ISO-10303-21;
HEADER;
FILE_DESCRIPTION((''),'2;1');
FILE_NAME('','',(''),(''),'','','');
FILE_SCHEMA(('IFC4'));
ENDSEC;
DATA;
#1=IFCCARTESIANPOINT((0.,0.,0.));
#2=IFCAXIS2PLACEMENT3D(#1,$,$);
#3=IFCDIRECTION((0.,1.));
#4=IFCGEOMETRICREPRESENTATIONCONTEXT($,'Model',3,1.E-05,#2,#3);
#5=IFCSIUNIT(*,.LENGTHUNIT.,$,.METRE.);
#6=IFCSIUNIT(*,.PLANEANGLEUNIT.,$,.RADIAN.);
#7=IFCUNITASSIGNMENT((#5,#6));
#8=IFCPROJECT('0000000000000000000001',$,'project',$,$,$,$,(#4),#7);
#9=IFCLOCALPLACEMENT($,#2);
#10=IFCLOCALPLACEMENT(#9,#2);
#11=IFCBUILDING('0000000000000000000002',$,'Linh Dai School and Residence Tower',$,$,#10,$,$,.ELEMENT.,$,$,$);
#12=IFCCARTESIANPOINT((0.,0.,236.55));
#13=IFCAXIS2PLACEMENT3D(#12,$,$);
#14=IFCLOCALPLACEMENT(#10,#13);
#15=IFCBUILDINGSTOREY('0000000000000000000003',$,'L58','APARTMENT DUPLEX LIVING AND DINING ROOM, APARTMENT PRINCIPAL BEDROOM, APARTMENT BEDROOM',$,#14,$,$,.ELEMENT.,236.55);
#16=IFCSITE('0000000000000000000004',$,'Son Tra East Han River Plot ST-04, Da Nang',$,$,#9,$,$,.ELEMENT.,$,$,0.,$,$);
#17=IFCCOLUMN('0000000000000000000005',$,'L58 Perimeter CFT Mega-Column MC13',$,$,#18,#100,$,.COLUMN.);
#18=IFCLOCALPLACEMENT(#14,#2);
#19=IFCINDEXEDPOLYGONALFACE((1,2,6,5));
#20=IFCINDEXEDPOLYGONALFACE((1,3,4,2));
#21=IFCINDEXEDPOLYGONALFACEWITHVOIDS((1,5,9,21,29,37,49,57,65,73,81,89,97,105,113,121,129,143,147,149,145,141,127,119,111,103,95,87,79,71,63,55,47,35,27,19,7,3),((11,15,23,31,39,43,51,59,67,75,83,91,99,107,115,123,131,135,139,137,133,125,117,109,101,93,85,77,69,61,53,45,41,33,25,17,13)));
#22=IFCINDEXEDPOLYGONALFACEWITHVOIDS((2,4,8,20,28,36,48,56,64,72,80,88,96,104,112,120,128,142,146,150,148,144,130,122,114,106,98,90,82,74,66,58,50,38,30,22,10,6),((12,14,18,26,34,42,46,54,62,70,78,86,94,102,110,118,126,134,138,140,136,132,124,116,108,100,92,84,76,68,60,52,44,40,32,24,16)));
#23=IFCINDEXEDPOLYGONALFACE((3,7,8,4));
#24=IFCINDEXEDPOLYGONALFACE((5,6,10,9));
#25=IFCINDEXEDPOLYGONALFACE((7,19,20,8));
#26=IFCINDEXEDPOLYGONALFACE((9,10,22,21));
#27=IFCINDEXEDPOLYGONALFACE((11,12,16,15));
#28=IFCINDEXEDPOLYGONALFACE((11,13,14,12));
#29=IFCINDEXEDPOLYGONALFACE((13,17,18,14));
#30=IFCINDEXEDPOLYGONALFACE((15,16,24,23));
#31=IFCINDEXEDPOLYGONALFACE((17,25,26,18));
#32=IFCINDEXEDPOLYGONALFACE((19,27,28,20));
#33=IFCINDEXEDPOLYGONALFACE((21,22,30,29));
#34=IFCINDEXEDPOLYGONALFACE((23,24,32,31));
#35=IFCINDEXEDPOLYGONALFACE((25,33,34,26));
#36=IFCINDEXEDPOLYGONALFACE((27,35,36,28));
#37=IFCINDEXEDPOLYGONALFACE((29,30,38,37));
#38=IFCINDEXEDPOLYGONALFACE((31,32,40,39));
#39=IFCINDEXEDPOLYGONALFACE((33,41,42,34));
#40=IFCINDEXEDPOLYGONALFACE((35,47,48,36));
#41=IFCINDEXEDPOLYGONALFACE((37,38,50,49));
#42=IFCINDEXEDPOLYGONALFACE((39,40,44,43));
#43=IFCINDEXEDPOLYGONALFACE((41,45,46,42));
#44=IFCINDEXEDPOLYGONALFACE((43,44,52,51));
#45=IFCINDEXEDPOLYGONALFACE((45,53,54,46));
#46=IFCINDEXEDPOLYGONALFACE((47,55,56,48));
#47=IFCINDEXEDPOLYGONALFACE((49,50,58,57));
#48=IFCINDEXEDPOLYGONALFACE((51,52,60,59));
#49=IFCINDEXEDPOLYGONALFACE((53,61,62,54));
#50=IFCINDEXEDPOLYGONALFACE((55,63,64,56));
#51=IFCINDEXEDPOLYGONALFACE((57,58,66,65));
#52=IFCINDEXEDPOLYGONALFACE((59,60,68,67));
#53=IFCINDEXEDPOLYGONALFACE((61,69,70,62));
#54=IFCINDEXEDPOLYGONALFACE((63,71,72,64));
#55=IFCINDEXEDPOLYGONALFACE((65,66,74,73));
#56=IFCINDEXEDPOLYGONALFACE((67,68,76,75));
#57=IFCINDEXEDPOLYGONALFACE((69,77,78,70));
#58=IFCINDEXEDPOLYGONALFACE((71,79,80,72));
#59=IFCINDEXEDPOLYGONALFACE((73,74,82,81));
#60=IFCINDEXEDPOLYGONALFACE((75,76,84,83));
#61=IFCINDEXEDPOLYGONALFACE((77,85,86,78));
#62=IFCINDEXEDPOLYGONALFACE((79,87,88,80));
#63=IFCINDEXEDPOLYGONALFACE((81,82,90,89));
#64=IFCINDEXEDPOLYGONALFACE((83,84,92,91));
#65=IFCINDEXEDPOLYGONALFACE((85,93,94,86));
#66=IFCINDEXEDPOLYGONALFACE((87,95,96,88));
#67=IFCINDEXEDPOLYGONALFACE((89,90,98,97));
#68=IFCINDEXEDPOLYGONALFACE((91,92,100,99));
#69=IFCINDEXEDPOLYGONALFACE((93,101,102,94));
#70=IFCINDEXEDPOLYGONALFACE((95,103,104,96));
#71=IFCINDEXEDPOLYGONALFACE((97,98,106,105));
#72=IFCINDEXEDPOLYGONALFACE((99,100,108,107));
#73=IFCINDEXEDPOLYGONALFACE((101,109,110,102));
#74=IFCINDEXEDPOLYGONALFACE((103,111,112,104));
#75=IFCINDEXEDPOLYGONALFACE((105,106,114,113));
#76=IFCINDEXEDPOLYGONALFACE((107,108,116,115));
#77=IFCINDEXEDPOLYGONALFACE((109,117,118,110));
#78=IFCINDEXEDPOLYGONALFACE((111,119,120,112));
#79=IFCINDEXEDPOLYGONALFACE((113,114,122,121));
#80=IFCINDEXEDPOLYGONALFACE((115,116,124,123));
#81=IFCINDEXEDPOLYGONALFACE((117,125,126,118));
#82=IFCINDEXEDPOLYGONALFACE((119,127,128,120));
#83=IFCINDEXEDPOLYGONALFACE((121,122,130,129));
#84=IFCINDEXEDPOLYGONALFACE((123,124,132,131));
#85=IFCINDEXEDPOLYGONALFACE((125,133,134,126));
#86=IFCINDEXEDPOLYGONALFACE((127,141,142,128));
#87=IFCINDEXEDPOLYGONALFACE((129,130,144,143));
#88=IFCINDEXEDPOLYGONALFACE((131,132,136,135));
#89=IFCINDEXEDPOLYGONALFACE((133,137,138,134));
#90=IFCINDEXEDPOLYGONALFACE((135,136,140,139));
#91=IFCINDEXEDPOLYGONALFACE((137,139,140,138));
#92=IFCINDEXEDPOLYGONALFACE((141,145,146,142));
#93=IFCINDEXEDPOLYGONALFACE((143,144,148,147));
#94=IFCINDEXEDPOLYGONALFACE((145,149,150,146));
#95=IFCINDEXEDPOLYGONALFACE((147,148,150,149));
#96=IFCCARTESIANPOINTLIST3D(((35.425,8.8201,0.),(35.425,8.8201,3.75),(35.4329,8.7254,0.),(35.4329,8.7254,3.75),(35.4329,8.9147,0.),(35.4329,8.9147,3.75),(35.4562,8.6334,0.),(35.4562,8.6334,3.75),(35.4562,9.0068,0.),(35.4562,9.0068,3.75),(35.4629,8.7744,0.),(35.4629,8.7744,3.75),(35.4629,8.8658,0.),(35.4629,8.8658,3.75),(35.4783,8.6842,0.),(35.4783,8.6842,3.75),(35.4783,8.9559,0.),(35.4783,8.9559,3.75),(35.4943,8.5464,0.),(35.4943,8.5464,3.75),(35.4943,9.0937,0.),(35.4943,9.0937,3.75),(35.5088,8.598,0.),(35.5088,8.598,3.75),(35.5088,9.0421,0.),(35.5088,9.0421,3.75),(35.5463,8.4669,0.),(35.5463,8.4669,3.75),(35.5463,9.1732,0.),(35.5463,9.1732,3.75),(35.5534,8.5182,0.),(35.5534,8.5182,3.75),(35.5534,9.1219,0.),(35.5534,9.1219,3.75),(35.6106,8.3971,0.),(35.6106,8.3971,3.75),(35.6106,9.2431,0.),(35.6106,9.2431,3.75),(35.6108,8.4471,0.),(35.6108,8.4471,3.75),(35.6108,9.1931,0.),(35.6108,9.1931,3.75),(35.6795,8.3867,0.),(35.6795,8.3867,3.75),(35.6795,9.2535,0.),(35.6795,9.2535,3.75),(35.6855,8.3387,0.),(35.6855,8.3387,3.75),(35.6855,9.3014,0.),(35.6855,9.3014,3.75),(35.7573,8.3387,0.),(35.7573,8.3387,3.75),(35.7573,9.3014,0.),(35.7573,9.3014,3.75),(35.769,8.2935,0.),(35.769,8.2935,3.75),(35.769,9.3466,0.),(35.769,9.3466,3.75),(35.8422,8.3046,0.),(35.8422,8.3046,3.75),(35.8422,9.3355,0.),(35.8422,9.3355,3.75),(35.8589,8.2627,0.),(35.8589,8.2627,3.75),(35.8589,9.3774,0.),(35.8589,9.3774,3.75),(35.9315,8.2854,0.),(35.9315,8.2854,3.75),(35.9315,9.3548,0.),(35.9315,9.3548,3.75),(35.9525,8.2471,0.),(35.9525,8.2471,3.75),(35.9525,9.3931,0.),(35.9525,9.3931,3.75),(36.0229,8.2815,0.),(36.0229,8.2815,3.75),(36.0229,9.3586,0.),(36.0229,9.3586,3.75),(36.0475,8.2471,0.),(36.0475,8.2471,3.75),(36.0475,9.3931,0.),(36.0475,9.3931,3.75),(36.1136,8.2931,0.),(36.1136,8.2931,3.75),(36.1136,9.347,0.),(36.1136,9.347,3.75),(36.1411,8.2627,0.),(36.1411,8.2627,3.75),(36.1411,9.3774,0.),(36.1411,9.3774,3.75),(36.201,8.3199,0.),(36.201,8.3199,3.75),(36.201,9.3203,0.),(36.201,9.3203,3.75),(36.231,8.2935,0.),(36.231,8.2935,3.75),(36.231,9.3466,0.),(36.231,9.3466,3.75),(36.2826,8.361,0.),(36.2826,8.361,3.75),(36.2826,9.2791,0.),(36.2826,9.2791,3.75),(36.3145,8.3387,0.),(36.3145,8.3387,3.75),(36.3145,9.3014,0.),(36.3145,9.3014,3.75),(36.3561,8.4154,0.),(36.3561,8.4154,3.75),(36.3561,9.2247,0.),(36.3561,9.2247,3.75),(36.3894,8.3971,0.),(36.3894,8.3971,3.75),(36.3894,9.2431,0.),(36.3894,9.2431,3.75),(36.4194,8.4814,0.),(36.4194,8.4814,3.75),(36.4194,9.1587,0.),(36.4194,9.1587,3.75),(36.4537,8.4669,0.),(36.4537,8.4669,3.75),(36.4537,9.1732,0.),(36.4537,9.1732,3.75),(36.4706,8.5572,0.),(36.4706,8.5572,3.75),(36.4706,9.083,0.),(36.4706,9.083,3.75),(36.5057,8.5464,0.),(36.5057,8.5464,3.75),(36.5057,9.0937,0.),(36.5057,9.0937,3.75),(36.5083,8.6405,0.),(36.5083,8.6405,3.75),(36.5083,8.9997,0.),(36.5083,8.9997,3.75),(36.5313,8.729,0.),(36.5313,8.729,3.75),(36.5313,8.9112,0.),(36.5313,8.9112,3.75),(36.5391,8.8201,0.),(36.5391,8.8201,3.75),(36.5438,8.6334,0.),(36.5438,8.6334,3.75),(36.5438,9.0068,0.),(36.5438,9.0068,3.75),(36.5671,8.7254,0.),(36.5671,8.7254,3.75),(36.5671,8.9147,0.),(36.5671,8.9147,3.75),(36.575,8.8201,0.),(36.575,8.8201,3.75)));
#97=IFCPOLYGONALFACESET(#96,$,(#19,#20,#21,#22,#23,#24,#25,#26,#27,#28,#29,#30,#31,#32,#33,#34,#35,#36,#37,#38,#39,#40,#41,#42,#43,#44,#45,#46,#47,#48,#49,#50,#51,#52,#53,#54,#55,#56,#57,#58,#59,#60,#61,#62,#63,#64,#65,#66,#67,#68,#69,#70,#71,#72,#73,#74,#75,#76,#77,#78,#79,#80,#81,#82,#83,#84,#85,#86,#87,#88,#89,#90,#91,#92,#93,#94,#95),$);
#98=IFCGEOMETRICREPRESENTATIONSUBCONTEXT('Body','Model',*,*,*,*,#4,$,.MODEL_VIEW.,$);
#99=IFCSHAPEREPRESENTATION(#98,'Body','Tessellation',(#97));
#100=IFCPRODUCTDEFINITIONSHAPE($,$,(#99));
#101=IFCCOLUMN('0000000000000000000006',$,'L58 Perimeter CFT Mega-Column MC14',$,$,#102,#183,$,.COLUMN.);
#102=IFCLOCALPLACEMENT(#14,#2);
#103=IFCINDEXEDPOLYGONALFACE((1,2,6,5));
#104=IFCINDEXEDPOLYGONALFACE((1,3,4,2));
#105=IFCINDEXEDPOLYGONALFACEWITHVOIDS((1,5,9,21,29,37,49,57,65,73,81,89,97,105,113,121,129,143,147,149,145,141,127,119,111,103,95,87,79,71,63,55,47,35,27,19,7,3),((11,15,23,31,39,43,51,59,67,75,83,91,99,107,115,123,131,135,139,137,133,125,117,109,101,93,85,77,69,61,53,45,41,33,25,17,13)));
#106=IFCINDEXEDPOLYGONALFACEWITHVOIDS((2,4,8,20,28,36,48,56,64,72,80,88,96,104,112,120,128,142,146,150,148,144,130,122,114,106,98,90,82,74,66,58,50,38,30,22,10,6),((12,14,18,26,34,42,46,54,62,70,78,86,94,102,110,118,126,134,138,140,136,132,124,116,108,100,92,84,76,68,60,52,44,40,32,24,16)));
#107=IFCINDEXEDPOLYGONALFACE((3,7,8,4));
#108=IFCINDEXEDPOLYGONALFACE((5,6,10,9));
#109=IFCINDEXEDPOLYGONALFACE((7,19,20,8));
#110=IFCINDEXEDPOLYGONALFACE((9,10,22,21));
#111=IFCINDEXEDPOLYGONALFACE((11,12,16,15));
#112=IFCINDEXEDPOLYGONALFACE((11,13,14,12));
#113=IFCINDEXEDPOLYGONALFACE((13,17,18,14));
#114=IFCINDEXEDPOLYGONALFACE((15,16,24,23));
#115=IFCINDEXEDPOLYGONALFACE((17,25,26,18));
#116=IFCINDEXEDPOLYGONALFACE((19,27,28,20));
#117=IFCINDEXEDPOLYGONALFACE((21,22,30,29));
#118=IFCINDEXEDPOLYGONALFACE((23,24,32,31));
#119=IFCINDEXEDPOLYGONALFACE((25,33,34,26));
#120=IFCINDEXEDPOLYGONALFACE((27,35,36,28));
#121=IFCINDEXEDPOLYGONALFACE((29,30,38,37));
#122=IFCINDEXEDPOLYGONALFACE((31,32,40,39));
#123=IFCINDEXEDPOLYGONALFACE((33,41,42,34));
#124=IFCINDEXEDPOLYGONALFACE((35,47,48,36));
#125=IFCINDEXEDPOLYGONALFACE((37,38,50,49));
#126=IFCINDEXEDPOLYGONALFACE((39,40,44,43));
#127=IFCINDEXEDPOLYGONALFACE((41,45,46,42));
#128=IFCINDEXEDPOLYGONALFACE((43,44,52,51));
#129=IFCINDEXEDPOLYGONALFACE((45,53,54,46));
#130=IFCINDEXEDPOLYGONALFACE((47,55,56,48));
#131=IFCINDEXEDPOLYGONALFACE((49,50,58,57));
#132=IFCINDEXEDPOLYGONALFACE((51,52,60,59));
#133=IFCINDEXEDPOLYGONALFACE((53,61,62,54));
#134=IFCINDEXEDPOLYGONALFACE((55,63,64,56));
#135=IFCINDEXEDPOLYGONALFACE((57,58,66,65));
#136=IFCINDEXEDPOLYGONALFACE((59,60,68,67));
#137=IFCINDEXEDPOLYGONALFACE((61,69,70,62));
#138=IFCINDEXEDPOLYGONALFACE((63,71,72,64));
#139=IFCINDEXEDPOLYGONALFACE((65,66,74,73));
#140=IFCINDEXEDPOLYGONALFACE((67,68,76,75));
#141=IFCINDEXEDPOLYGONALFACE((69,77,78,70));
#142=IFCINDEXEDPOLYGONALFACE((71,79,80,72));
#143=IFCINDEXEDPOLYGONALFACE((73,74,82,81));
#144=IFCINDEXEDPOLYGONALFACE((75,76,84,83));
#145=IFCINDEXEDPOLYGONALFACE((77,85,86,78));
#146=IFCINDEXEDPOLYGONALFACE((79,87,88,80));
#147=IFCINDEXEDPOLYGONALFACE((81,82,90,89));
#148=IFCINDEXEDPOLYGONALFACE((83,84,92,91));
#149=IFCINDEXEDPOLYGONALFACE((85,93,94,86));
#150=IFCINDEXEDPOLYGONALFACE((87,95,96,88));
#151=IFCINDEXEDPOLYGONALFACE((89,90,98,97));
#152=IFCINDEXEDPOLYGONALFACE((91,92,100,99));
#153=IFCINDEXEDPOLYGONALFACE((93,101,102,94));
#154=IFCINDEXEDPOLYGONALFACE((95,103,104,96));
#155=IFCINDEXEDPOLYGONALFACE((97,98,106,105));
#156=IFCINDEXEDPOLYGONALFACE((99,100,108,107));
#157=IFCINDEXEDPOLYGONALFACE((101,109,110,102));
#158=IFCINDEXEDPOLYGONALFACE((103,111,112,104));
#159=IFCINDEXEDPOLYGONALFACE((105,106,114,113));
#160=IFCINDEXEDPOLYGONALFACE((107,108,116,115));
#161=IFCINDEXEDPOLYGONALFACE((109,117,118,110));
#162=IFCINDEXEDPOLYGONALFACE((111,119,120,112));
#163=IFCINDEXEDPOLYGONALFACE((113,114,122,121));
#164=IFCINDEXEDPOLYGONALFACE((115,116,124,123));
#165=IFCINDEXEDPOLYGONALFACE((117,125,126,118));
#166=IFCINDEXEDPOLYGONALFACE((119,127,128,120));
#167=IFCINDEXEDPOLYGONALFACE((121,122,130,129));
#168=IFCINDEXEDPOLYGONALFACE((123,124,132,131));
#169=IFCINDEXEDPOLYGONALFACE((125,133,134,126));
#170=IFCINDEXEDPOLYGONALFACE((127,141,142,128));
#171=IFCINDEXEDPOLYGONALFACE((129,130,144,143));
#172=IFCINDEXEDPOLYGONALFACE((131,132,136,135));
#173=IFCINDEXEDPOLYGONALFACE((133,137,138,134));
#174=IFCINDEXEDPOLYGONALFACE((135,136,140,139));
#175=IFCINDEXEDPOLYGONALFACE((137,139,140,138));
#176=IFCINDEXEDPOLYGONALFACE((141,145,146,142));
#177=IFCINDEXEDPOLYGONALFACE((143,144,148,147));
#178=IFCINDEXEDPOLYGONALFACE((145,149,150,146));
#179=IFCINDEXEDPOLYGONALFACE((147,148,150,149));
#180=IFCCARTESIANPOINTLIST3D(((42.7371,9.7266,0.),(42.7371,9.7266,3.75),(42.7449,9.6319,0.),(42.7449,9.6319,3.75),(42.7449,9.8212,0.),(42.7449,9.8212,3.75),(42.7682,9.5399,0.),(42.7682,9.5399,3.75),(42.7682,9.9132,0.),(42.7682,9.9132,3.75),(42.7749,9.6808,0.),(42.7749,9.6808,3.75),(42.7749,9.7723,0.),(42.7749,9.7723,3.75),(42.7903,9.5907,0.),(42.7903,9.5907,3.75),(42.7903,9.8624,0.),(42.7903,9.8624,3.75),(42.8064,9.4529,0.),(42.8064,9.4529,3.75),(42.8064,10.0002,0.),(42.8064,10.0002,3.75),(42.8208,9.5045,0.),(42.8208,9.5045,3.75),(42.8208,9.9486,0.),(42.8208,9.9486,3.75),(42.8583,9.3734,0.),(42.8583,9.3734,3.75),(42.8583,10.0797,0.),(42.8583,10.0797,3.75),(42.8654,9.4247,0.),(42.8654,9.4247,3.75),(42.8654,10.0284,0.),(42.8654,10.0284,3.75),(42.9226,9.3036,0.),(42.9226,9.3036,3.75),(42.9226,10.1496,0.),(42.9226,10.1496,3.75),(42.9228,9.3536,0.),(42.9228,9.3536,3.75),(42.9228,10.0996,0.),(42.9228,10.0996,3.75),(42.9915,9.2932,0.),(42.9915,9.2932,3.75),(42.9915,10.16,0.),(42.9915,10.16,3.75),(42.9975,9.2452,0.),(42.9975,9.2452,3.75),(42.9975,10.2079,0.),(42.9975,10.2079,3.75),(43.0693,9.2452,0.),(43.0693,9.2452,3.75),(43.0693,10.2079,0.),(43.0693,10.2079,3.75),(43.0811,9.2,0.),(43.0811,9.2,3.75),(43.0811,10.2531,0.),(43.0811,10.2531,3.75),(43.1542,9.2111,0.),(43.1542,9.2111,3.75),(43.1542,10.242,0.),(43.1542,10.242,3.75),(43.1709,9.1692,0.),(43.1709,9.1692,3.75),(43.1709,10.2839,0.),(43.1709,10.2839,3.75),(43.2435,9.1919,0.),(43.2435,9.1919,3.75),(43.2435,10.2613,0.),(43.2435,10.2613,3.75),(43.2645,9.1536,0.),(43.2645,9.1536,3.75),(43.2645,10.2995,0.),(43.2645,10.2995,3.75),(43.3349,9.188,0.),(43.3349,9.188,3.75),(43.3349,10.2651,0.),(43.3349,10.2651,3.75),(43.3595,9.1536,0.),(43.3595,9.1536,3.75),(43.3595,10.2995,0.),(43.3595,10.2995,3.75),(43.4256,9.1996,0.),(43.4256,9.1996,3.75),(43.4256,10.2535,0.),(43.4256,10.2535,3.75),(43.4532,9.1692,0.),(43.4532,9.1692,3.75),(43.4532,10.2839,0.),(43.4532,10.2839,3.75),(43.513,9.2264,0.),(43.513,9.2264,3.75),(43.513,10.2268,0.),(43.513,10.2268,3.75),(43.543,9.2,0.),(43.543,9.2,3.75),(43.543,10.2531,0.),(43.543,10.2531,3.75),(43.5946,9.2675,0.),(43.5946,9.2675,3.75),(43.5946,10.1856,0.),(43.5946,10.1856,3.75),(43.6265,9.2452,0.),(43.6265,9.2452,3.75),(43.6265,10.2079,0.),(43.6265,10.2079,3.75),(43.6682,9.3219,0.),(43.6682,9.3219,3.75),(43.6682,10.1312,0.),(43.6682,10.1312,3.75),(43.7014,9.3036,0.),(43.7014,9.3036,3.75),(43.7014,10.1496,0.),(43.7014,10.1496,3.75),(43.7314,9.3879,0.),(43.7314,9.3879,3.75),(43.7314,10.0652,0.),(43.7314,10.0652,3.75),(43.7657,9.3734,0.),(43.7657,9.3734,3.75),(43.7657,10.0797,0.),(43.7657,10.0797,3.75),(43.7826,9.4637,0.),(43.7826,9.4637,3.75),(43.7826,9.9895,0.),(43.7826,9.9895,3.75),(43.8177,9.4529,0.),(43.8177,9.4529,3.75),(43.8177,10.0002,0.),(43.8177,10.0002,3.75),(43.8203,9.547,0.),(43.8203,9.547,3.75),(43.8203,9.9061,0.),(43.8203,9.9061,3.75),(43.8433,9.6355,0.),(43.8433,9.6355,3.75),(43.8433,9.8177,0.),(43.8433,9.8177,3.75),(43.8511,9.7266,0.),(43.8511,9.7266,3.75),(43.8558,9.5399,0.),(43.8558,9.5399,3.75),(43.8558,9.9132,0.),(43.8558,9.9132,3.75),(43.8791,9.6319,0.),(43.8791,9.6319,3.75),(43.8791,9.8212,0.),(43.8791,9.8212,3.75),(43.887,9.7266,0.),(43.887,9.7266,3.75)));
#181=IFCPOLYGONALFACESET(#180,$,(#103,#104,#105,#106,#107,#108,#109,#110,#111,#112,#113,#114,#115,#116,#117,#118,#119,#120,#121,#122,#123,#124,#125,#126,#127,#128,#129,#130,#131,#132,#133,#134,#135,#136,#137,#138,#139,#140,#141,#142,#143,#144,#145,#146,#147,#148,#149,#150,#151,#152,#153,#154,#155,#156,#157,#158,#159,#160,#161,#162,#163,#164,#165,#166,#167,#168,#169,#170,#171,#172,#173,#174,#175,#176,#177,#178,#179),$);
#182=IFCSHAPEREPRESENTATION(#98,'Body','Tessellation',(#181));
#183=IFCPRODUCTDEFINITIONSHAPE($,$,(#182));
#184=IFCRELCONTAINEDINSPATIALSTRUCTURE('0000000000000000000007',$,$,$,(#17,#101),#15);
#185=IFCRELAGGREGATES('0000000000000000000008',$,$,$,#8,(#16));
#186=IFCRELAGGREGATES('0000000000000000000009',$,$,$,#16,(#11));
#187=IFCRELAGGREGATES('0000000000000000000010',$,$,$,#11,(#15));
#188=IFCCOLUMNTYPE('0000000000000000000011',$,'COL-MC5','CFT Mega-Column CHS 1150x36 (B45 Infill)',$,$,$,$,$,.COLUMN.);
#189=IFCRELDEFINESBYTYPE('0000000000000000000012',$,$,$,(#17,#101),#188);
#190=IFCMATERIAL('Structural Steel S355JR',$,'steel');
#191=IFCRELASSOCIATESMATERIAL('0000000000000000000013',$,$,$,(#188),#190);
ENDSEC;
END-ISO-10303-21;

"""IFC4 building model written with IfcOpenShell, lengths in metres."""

from ifc_helpers import new_model, si_unit, direction, frame, origin, origin_2d, place, context, subcontext, project, spatial, hollow_circle, extrude, material, material_profile, profile_set, type_object, element, save


model = new_model("IFC4")

# Units and contexts
model_context = context("Model", 3, precision=1e-05, world=origin(), true_north=direction((0.0, 1.0)))
body_context = subcontext(model_context, "Body", "Model", "MODEL_VIEW")
ifc_project = project(units=[si_unit("LENGTHUNIT", "METRE"), si_unit("PLANEANGLEUNIT", "RADIAN")], contexts=[model_context])

# Site, building, storey
site_placement = place(None, origin())
site = spatial("IfcSite", under=ifc_project, at=site_placement, Name="Son Tra East Han River Plot ST-04, Da Nang", CompositionType="ELEMENT", RefElevation=0.0)
building_placement = place(site_placement, origin())
building = spatial("IfcBuilding", under=site, at=building_placement, Name="Linh Dai School and Residence Tower", CompositionType="ELEMENT")
storey_placement = place(building_placement, frame((0.0, 0.0, 236.55)))
storey = spatial("IfcBuildingStorey", under=building, at=storey_placement, Name="L58", Description="APARTMENT DUPLEX LIVING AND DINING ROOM, APARTMENT PRINCIPAL BEDROOM, APARTMENT BEDROOM", CompositionType="ELEMENT", Elevation=236.55)

# Columns
ifc_material_1 = material(Name="Structural Steel S355JR", Category="steel")
ifc_material_profile_1 = material_profile(ifc_material_1, hollow_circle(Radius=0.575, WallThickness=0.0359, at=origin_2d()), Name="CHS 1150x36")
ifc_profile_set_1 = profile_set([ifc_material_profile_1], Name="Structural Steel S355JR")
column_type = type_object("IfcColumnType", Name="COL-MC5", Description="CFT Mega-Column CHS 1150x36 (B45 Infill)", PredefinedType="COLUMN", material=ifc_profile_set_1)
for number, where, z_axis, x_axis, name in (
    (1, (36.0, 8.8201, 0.0), (0.0, 0.0, 1.0), (1.0, 0.0, 0.0), "L58 Perimeter CFT Mega-Column MC13"),
    (2, (43.312, 9.7266, 0.0), (0.0, 0.0, 1.0), (1.0, 0.0, 0.0), "L58 Perimeter CFT Mega-Column MC14"),
):
    element("IfcColumn", number, at=place(storey_placement, frame(where, z_axis=z_axis, x_axis=x_axis)), inside=storey, type_object=column_type, Name=name, PredefinedType="COLUMN", context=body_context, shape_type="SweptSolid", body=[
        extrude(hollow_circle(Radius=0.575, WallThickness=0.0359, at=origin_2d()), origin(), (0.0, 0.0, 1.0), 3.75),
    ])

save(model, "model.ifc")
